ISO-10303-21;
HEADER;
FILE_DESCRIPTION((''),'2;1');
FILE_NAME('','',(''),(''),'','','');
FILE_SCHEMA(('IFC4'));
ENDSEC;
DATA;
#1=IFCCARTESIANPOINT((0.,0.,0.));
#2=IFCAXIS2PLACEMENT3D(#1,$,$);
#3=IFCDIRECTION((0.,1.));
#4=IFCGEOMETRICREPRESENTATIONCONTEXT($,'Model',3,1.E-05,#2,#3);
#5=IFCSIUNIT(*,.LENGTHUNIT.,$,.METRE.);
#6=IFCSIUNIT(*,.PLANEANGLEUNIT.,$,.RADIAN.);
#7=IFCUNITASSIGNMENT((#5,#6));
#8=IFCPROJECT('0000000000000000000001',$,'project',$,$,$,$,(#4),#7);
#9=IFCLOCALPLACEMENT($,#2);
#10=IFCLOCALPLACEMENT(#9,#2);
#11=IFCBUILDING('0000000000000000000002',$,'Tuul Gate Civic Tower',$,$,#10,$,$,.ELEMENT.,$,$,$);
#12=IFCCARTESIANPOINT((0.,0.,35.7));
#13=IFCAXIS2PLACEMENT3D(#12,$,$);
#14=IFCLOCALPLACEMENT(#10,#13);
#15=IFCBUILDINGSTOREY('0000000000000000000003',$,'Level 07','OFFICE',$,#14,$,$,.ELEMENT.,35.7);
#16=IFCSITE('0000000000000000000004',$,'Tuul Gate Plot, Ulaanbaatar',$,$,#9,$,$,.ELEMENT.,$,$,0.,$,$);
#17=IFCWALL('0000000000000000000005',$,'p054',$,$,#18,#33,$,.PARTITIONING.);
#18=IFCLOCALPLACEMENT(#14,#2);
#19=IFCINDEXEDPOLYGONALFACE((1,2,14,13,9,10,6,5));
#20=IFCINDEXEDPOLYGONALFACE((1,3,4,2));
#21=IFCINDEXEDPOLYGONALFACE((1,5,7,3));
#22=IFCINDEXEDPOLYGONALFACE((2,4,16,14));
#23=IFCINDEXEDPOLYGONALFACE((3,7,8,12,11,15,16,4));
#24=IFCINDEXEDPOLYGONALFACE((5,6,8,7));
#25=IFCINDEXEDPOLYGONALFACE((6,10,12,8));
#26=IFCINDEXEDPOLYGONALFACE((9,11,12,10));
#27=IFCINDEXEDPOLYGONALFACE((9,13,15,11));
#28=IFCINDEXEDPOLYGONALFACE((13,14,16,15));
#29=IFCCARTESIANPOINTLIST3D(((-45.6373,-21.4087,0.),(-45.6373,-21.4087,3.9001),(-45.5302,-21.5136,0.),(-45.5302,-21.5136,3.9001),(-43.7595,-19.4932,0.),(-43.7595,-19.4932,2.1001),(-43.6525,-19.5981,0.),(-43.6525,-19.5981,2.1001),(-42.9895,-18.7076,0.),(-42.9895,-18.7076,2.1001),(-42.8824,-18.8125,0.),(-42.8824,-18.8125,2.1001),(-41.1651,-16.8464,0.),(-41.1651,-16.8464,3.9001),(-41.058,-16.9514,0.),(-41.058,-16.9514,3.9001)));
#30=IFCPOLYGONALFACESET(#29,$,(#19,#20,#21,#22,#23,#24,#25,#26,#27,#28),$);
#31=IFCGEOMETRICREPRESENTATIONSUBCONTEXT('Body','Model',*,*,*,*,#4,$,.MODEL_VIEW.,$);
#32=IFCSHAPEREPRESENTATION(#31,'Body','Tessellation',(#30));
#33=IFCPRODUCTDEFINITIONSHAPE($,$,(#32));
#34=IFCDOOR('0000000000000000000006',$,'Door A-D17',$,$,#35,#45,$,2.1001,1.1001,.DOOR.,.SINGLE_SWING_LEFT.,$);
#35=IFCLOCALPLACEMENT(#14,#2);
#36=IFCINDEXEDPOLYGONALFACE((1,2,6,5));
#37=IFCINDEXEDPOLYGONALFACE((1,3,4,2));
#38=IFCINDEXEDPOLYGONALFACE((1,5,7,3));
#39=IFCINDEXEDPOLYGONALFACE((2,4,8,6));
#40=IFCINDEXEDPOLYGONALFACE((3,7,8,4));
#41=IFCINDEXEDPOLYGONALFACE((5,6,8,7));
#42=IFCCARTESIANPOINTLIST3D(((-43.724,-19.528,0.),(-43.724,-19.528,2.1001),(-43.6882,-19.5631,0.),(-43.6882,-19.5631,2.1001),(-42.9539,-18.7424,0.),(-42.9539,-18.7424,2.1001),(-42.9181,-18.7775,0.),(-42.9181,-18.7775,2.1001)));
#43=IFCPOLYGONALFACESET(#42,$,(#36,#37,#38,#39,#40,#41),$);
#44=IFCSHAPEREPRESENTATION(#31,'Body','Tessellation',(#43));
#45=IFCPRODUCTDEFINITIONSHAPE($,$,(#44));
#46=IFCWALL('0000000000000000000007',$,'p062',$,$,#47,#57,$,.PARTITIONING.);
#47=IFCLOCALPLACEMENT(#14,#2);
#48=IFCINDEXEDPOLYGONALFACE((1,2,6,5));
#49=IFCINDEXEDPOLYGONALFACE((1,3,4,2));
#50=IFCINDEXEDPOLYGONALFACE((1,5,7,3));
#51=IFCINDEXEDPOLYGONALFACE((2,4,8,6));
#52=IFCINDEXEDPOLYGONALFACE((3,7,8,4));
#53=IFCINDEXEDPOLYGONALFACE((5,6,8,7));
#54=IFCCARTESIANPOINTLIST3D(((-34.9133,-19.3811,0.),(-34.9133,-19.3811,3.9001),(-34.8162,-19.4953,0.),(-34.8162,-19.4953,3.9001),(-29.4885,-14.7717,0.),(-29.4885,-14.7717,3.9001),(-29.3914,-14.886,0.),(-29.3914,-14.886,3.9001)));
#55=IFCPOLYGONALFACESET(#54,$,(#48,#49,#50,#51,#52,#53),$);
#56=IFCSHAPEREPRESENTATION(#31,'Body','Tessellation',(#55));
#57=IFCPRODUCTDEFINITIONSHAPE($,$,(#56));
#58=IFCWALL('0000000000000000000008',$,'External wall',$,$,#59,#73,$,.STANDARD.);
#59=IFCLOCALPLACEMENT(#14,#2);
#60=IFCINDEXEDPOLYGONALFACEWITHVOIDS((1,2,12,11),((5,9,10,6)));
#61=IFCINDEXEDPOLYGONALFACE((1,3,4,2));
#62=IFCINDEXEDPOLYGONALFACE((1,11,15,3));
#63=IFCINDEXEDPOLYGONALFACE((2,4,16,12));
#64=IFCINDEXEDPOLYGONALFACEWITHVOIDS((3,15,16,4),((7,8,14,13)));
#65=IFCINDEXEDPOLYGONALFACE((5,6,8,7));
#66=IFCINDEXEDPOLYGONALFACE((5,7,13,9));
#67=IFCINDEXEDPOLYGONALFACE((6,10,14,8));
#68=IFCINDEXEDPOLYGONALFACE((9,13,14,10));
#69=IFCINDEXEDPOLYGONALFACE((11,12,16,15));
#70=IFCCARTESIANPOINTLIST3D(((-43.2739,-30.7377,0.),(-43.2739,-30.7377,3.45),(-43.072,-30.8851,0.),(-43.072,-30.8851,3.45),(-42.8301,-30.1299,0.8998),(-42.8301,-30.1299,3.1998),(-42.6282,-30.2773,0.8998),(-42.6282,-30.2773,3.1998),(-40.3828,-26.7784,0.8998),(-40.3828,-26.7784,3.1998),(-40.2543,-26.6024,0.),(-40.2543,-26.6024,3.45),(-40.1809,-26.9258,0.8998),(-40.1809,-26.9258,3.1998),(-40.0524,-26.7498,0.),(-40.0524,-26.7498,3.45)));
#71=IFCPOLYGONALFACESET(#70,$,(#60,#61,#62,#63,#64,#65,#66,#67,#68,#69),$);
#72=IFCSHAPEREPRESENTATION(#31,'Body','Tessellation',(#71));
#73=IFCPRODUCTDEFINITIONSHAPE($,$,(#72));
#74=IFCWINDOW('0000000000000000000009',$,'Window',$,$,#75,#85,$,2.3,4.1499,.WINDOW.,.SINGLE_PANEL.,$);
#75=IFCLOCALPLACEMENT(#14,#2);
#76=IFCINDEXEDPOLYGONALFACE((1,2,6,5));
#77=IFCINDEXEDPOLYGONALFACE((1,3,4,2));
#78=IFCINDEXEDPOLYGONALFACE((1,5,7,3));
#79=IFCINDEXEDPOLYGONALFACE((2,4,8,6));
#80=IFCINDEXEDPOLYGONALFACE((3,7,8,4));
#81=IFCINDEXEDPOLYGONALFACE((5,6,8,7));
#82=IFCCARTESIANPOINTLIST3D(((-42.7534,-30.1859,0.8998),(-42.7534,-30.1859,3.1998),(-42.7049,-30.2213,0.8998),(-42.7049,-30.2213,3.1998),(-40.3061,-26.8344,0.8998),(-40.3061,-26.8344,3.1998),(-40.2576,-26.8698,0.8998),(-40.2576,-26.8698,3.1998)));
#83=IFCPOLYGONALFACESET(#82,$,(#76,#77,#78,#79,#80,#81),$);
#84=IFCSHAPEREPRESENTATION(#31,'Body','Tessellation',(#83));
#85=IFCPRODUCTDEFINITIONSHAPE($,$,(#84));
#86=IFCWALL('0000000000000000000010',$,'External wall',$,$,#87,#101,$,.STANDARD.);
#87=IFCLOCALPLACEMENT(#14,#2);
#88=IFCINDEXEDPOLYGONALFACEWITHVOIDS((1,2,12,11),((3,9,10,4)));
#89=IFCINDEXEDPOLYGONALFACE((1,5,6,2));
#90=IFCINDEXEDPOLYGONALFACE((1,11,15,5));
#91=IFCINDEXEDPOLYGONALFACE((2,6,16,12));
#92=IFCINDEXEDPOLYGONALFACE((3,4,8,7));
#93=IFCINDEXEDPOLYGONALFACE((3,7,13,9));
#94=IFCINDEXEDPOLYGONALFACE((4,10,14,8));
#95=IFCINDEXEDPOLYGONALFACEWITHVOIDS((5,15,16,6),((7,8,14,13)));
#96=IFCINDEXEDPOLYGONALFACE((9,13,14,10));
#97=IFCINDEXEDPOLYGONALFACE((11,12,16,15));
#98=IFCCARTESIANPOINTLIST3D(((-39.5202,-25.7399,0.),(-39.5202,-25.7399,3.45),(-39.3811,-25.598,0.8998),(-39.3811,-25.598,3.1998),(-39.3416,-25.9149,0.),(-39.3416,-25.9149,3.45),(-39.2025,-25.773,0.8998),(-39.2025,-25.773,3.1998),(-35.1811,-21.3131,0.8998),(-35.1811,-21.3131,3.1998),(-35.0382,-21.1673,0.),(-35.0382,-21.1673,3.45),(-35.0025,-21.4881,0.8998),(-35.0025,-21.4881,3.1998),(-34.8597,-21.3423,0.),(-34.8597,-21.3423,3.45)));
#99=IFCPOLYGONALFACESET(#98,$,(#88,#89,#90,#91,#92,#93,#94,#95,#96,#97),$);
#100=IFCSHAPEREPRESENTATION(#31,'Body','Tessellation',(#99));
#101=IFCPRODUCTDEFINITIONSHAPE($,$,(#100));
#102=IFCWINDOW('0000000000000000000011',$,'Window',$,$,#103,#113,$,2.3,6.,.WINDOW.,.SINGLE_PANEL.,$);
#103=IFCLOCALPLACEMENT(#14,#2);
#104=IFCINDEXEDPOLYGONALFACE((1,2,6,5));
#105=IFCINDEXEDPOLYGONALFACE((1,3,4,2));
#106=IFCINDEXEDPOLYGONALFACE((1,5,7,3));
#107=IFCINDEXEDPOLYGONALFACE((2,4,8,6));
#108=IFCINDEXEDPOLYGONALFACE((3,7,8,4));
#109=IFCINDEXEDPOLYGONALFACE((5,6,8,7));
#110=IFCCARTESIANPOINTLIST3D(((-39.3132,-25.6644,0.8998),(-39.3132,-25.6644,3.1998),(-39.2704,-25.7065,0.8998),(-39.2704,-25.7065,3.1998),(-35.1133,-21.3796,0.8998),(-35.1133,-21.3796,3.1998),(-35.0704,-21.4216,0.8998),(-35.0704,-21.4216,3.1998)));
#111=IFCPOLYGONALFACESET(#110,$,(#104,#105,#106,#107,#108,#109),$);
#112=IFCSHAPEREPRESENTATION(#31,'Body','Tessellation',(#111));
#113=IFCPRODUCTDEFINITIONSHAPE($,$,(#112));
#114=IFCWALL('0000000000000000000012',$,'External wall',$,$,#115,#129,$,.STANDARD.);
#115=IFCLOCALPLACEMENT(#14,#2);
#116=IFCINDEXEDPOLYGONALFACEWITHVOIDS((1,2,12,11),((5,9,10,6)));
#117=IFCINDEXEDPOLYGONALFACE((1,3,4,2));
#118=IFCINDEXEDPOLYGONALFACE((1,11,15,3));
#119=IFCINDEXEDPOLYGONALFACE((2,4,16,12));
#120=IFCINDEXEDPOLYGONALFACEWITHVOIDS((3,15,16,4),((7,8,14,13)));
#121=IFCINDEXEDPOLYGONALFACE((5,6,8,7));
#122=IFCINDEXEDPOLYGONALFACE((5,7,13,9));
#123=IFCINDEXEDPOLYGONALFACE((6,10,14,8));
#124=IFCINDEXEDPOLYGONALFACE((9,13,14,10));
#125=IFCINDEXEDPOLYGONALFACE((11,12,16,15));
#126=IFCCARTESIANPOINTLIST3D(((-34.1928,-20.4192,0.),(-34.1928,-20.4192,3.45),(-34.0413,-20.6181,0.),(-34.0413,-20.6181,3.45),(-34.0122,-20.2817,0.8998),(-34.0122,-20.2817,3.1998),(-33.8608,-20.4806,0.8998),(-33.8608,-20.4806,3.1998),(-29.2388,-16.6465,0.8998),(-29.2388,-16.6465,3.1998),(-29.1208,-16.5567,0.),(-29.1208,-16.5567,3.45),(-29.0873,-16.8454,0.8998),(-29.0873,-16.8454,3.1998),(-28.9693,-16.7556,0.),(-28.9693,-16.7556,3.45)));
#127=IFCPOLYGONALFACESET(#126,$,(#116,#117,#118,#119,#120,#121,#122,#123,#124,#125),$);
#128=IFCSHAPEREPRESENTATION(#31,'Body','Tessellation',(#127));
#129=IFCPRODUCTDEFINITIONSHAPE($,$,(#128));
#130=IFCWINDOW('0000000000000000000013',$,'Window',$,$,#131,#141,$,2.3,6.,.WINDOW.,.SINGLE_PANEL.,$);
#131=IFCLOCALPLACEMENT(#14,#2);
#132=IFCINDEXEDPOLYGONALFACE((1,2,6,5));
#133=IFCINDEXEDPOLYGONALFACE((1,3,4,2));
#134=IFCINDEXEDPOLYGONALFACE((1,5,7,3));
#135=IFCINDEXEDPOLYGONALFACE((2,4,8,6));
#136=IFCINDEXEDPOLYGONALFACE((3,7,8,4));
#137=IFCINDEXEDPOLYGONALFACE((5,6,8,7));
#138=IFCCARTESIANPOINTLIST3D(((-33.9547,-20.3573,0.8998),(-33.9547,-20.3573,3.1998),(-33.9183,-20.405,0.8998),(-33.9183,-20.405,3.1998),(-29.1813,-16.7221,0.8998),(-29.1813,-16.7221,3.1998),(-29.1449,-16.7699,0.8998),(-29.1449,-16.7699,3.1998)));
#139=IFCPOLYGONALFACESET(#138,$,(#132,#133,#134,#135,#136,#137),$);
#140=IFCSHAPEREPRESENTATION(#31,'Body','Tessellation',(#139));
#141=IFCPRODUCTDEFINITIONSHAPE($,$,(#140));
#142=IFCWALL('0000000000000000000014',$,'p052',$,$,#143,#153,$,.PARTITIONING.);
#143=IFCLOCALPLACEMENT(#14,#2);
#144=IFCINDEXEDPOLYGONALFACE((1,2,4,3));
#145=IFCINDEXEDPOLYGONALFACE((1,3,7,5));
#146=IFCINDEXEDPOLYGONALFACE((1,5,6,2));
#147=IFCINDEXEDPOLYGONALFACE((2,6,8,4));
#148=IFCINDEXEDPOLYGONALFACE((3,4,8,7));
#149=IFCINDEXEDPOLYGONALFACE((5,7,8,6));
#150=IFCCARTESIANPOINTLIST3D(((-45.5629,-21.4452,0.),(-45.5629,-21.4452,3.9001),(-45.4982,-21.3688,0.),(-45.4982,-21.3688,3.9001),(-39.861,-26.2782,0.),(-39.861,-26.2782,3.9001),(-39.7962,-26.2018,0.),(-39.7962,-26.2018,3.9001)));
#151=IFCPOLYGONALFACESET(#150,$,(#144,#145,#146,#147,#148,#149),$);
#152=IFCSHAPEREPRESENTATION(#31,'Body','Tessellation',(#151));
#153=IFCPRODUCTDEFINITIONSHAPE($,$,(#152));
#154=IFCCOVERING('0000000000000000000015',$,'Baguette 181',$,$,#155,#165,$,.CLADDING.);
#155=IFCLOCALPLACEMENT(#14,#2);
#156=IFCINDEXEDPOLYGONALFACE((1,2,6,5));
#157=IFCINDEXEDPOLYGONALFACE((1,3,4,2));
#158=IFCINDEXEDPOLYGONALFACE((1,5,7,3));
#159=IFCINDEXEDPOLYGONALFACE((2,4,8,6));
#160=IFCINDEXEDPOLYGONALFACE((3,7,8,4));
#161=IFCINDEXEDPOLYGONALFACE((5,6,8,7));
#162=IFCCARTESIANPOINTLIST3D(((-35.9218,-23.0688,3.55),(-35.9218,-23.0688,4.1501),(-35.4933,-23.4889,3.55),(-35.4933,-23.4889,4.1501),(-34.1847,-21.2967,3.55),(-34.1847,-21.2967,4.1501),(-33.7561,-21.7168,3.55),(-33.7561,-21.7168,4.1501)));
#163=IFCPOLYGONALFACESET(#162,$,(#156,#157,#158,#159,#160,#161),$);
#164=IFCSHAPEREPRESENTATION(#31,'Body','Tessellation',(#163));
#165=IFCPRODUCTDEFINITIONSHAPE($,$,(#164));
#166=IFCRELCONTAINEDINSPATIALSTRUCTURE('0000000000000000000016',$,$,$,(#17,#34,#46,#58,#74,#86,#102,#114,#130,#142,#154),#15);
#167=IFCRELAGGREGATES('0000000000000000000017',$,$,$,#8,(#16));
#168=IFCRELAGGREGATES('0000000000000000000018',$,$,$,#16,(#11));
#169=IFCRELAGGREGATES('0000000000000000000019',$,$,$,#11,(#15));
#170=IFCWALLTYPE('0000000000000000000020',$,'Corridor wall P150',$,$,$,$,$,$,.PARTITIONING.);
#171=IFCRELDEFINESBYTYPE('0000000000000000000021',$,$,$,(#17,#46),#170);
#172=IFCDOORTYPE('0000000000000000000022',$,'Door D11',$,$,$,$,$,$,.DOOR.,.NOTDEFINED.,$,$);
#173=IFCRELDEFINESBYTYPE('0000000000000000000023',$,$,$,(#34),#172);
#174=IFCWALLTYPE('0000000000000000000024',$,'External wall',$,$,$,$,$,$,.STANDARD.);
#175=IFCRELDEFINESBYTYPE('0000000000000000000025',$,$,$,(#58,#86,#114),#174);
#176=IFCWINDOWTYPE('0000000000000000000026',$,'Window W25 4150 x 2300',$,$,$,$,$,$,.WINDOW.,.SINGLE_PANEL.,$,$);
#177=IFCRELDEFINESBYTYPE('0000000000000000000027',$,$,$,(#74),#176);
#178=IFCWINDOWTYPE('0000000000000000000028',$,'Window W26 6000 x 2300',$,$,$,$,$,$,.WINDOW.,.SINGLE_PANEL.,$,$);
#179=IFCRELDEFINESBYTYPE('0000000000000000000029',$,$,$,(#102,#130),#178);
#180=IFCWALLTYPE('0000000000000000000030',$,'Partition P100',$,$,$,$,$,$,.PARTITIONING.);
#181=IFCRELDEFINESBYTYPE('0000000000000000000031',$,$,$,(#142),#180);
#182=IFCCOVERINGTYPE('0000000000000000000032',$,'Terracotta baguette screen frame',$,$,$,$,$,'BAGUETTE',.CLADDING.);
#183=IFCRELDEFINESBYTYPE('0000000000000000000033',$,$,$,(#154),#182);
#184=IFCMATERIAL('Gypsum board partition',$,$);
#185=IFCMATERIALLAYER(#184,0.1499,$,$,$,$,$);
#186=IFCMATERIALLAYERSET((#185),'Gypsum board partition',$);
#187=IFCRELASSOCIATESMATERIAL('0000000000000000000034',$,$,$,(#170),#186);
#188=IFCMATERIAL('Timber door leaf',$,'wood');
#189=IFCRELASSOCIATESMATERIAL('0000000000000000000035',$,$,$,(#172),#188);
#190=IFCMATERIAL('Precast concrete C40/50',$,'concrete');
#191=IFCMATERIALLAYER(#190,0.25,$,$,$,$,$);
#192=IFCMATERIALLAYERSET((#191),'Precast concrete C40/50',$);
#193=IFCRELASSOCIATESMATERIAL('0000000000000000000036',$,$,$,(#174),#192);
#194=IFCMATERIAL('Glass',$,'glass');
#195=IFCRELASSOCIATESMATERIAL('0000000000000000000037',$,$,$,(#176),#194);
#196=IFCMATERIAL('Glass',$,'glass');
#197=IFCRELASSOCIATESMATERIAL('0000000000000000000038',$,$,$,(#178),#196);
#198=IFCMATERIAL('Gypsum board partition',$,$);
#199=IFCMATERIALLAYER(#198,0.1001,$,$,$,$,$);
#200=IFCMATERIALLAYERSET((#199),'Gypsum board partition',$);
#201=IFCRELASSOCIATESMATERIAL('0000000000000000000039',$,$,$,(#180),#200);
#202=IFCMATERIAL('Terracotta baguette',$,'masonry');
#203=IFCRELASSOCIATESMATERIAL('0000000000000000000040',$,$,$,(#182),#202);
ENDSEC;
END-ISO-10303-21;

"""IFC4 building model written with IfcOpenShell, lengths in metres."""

from ifc_helpers import new_model, si_unit, direction, frame, frame_2d, origin, origin_2d, place, context, subcontext, project, spatial, rectangle, extrude, material, layer, layer_set, material_profile, profile_set, type_object, element, fill, save


model = new_model("IFC4")

# Units and contexts
model_context = context("Model", 3, precision=1e-05, world=origin(), true_north=direction((0.0, 1.0)))
body_context = subcontext(model_context, "Body", "Model", "MODEL_VIEW")
ifc_project = project(units=[si_unit("LENGTHUNIT", "METRE"), si_unit("PLANEANGLEUNIT", "RADIAN")], contexts=[model_context])

# Site, building, storey
site_placement = place(None, origin())
site = spatial("IfcSite", under=ifc_project, at=site_placement, Name="Tuul Gate Plot, Ulaanbaatar", CompositionType="ELEMENT", RefElevation=0.0)
building_placement = place(site_placement, origin())
building = spatial("IfcBuilding", under=site, at=building_placement, Name="Tuul Gate Civic Tower", CompositionType="ELEMENT")
storey_placement = place(building_placement, frame((0.0, 0.0, 35.7)))
storey = spatial("IfcBuildingStorey", under=building, at=storey_placement, Name="Level 07", Description="OFFICE", CompositionType="ELEMENT", Elevation=35.7)

# Wall, opening, door
ifc_material_1 = material(Name="Gypsum board partition")
ifc_layer_1 = layer(ifc_material_1, 0.1499)
ifc_layer_set_1 = layer_set([ifc_layer_1], Name="Gypsum board partition")
wall_type_1 = type_object("IfcWallType", Name="Corridor wall P150", PredefinedType="PARTITIONING", material=ifc_layer_set_1)
wall_1_placement = place(storey_placement, frame((-45.5837, -21.4612, 0.0), z_axis=(0.0, 0.0, 1.0), x_axis=(0.700021, 0.714122, 0.0)))
wall_1 = element("IfcWall", 1, at=wall_1_placement, inside=storey, type_object=wall_type_1, Name="p054", PredefinedType="PARTITIONING", context=body_context, shape_type="SweptSolid", body=[
    extrude(rectangle(XDim=6.3887, YDim=0.1499, at=frame_2d((3.1943, 0.0))), origin(), (0.0, 0.0, 1.0), 3.9001),
])
opening_1_placement = place(wall_1_placement, frame((2.6824, 0.0, 0.0)))
opening_1 = element("IfcOpeningElement", 2, at=opening_1_placement, cuts=wall_1, PredefinedType="OPENING", context=body_context, shape_type="SweptSolid", body=[
    extrude(rectangle(XDim=1.1001, YDim=2.1001, at=frame_2d((0.55, 1.05))), frame((0.0, 0.085, 0.0), z_axis=(0.0, -1.0, 0.0), x_axis=(1.0, 0.0, 0.0)), (0.0, 0.0, 1.0), 0.1699),
])
ifc_material_2 = material(Name="Timber door leaf", Category="wood")
door_type = type_object("IfcDoorType", Name="Door D11", OperationType="NOTDEFINED", PredefinedType="DOOR", material=ifc_material_2)
door_placement = place(opening_1_placement, frame((1.1001, 0.0, 0.0), z_axis=(0.0, 0.0, 1.0), x_axis=(-1.0, 0.0, 0.0)))
door = element("IfcDoor", 3, at=door_placement, inside=storey, type_object=door_type, Name="Door A-D17", OperationType="SINGLE_SWING_LEFT", OverallHeight=2.1001, OverallWidth=1.1001, PredefinedType="DOOR", context=body_context, shape_type="SweptSolid", body=[
    extrude(rectangle(XDim=1.1001, YDim=2.1001, at=frame_2d((0.55, 1.05))), frame((0.0, 0.0249, 0.0), z_axis=(0.0, -1.0, 0.0), x_axis=(1.0, 0.0, 0.0)), (0.0, 0.0, 1.0), 0.05),
])
fill(opening_1, door)

# Wall
wall_2_placement = place(storey_placement, frame((-34.8647, -19.4382, 0.0), z_axis=(0.0, 0.0, 1.0), x_axis=(0.762058, 0.647509, 0.0)))
element("IfcWall", 4, at=wall_2_placement, inside=storey, type_object=wall_type_1, Name="p062", PredefinedType="PARTITIONING", context=body_context, shape_type="SweptSolid", body=[
    extrude(rectangle(XDim=7.1187, YDim=0.1499, at=frame_2d((3.5593, 0.0))), origin(), (0.0, 0.0, 1.0), 3.9001),
])

# Walls, openings, windows
ifc_material_3 = material(Name="Precast concrete C40/50", Category="concrete")
ifc_layer_2 = layer(ifc_material_3, 0.25)
ifc_layer_set_2 = layer_set([ifc_layer_2], Name="Precast concrete C40/50")
wall_type_2 = type_object("IfcWallType", Name="External wall", PredefinedType="STANDARD", material=ifc_layer_set_2)
wall_3_placement = place(storey_placement, frame((-43.1729, -30.8113, 0.0), z_axis=(0.0, 0.0, 1.0), x_axis=(0.589713, 0.807613, 0.0)))
wall_3 = element("IfcWall", 5, at=wall_3_placement, inside=storey, type_object=wall_type_2, Name="External wall", PredefinedType="STANDARD", context=body_context, shape_type="SweptSolid", body=[
    extrude(rectangle(XDim=5.1204, YDim=0.25, at=frame_2d((2.5601, 0.0))), origin(), (0.0, 0.0, 1.0), 3.45),
])
opening_2_placement = place(wall_3_placement, frame((0.7524, 0.0, 0.8999)))
opening_2 = element("IfcOpeningElement", 6, at=opening_2_placement, cuts=wall_3, PredefinedType="OPENING", context=body_context, shape_type="SweptSolid", body=[
    extrude(rectangle(XDim=4.1499, YDim=2.3, at=frame_2d((2.075, 1.1499))), frame((0.0, 0.135, 0.0), z_axis=(0.0, -1.0, 0.0), x_axis=(1.0, 0.0, 0.0)), (0.0, 0.0, 1.0), 0.27),
])
ifc_material_4 = material(Name="Glass", Category="glass")
window_type_1 = type_object("IfcWindowType", Name="Window W25 4150 x 2300", PartitioningType="SINGLE_PANEL", PredefinedType="WINDOW", material=ifc_material_4)
window_1_placement = place(opening_2_placement, origin())
window_1 = element("IfcWindow", 7, at=window_1_placement, inside=storey, type_object=window_type_1, Name="Window", OverallHeight=2.3, OverallWidth=4.1499, PartitioningType="SINGLE_PANEL", PredefinedType="WINDOW", context=body_context, shape_type="SweptSolid", body=[
    extrude(rectangle(XDim=4.1499, YDim=2.3, at=frame_2d((2.075, 1.1499))), frame((0.0, 0.03, 0.0), z_axis=(0.0, -1.0, 0.0), x_axis=(1.0, 0.0, 0.0)), (0.0, 0.0, 1.0), 0.0601),
])
fill(opening_2, window_1)
wall_4_placement = place(storey_placement, frame((-39.4309, -25.8274, 0.0), z_axis=(0.0, 0.0, 1.0), x_axis=(0.699998, 0.714145, 0.0)))
wall_4 = element("IfcWall", 8, at=wall_4_placement, inside=storey, type_object=wall_type_2, Name="External wall", PredefinedType="STANDARD", context=body_context, shape_type="SweptSolid", body=[
    extrude(rectangle(XDim=6.4028, YDim=0.25, at=frame_2d((3.2014, 0.0))), origin(), (0.0, 0.0, 1.0), 3.45),
])
opening_3_placement = place(wall_4_placement, frame((0.1987, 0.0, 0.8999)))
opening_3 = element("IfcOpeningElement", 9, at=opening_3_placement, cuts=wall_4, PredefinedType="OPENING", context=body_context, shape_type="SweptSolid", body=[
    extrude(rectangle(XDim=6.0, YDim=2.3, at=frame_2d((3.0, 1.1499))), frame((0.0, 0.135, 0.0), z_axis=(0.0, -1.0, 0.0), x_axis=(1.0, 0.0, 0.0)), (0.0, 0.0, 1.0), 0.27),
])
ifc_material_5 = material(Name="Glass", Category="glass")
window_type_2 = type_object("IfcWindowType", Name="Window W26 6000 x 2300", PartitioningType="SINGLE_PANEL", PredefinedType="WINDOW", material=ifc_material_5)
window_2_placement = place(opening_3_placement, origin())
window_2 = element("IfcWindow", 10, at=window_2_placement, inside=storey, type_object=window_type_2, Name="Window", OverallHeight=2.3, OverallWidth=6.0, PartitioningType="SINGLE_PANEL", PredefinedType="WINDOW", context=body_context, shape_type="SweptSolid", body=[
    extrude(rectangle(XDim=6.0, YDim=2.3, at=frame_2d((3.0, 1.1499))), frame((0.0, 0.03, 0.0), z_axis=(0.0, -1.0, 0.0), x_axis=(1.0, 0.0, 0.0)), (0.0, 0.0, 1.0), 0.0601),
])
fill(opening_3, window_2)
wall_5_placement = place(storey_placement, frame((-34.1169, -20.5186, 0.0), z_axis=(0.0, 0.0, 1.0), x_axis=(0.795571, 0.60586, 0.0)))
wall_5 = element("IfcWall", 11, at=wall_5_placement, inside=storey, type_object=wall_type_2, Name="External wall", PredefinedType="STANDARD", context=body_context, shape_type="SweptSolid", body=[
    extrude(rectangle(XDim=6.3752, YDim=0.25, at=frame_2d((3.1875, 0.0))), origin(), (0.0, 0.0, 1.0), 3.45),
])
opening_4_placement = place(wall_5_placement, frame((0.2268, 0.0, 0.8999)))
opening_4 = element("IfcOpeningElement", 12, at=opening_4_placement, cuts=wall_5, PredefinedType="OPENING", context=body_context, shape_type="SweptSolid", body=[
    extrude(rectangle(XDim=6.0, YDim=2.3, at=frame_2d((3.0, 1.1499))), frame((0.0, 0.135, 0.0), z_axis=(0.0, -1.0, 0.0), x_axis=(1.0, 0.0, 0.0)), (0.0, 0.0, 1.0), 0.27),
])
window_3_placement = place(opening_4_placement, origin())
window_3 = element("IfcWindow", 13, at=window_3_placement, inside=storey, type_object=window_type_2, Name="Window", OverallHeight=2.3, OverallWidth=6.0, PartitioningType="SINGLE_PANEL", PredefinedType="WINDOW", context=body_context, shape_type="SweptSolid", body=[
    extrude(rectangle(XDim=6.0, YDim=2.3, at=frame_2d((3.0, 1.1499))), frame((0.0, 0.03, 0.0), z_axis=(0.0, -1.0, 0.0), x_axis=(1.0, 0.0, 0.0)), (0.0, 0.0, 1.0), 0.0601),
])
fill(opening_4, window_3)

# Wall
ifc_material_6 = material(Name="Gypsum board partition")
ifc_layer_3 = layer(ifc_material_6, 0.1001)
ifc_layer_set_3 = layer_set([ifc_layer_3], Name="Gypsum board partition")
wall_type_3 = type_object("IfcWallType", Name="Partition P100", PredefinedType="PARTITIONING", material=ifc_layer_set_3)
wall_6_placement = place(storey_placement, frame((-45.5305, -21.407, 0.0), z_axis=(0.0, 0.0, 1.0), x_axis=(0.762837, -0.646591, 0.0)))
element("IfcWall", 14, at=wall_6_placement, inside=storey, type_object=wall_type_3, Name="p052", PredefinedType="PARTITIONING", context=body_context, shape_type="SweptSolid", body=[
    extrude(rectangle(XDim=7.4746, YDim=0.1001, at=frame_2d((3.7373, 0.0))), origin(), (0.0, 0.0, 1.0), 3.9001),
])

# Covering
ifc_material_7 = material(Name="Terracotta baguette", Category="masonry")
ifc_material_profile_1 = material_profile(ifc_material_7, rectangle(XDim=0.6001, YDim=0.6001, at=origin_2d()), Name="Terracotta baguette screen frame")
ifc_profile_set_1 = profile_set([ifc_material_profile_1], Name="Terracotta baguette")
covering_type = type_object("IfcCoveringType", Name="Terracotta baguette screen frame", ElementType="BAGUETTE", PredefinedType="CLADDING", material=ifc_profile_set_1)
covering_1_placement = place(storey_placement, frame((-35.7075, -23.2788, 3.8501), z_axis=(0.700037, 0.714107, 0.0), x_axis=(-0.714107, 0.700037, 0.0)))
element("IfcCovering", 15, at=covering_1_placement, inside=storey, type_object=covering_type, Name="Baguette 181", PredefinedType="CLADDING", context=body_context, shape_type="SweptSolid", body=[
    extrude(rectangle(XDim=0.6001, YDim=0.6001, at=origin_2d()), origin(), (0.0, 0.0, 1.0), 2.4814),
])

save(model, "model.ifc")
